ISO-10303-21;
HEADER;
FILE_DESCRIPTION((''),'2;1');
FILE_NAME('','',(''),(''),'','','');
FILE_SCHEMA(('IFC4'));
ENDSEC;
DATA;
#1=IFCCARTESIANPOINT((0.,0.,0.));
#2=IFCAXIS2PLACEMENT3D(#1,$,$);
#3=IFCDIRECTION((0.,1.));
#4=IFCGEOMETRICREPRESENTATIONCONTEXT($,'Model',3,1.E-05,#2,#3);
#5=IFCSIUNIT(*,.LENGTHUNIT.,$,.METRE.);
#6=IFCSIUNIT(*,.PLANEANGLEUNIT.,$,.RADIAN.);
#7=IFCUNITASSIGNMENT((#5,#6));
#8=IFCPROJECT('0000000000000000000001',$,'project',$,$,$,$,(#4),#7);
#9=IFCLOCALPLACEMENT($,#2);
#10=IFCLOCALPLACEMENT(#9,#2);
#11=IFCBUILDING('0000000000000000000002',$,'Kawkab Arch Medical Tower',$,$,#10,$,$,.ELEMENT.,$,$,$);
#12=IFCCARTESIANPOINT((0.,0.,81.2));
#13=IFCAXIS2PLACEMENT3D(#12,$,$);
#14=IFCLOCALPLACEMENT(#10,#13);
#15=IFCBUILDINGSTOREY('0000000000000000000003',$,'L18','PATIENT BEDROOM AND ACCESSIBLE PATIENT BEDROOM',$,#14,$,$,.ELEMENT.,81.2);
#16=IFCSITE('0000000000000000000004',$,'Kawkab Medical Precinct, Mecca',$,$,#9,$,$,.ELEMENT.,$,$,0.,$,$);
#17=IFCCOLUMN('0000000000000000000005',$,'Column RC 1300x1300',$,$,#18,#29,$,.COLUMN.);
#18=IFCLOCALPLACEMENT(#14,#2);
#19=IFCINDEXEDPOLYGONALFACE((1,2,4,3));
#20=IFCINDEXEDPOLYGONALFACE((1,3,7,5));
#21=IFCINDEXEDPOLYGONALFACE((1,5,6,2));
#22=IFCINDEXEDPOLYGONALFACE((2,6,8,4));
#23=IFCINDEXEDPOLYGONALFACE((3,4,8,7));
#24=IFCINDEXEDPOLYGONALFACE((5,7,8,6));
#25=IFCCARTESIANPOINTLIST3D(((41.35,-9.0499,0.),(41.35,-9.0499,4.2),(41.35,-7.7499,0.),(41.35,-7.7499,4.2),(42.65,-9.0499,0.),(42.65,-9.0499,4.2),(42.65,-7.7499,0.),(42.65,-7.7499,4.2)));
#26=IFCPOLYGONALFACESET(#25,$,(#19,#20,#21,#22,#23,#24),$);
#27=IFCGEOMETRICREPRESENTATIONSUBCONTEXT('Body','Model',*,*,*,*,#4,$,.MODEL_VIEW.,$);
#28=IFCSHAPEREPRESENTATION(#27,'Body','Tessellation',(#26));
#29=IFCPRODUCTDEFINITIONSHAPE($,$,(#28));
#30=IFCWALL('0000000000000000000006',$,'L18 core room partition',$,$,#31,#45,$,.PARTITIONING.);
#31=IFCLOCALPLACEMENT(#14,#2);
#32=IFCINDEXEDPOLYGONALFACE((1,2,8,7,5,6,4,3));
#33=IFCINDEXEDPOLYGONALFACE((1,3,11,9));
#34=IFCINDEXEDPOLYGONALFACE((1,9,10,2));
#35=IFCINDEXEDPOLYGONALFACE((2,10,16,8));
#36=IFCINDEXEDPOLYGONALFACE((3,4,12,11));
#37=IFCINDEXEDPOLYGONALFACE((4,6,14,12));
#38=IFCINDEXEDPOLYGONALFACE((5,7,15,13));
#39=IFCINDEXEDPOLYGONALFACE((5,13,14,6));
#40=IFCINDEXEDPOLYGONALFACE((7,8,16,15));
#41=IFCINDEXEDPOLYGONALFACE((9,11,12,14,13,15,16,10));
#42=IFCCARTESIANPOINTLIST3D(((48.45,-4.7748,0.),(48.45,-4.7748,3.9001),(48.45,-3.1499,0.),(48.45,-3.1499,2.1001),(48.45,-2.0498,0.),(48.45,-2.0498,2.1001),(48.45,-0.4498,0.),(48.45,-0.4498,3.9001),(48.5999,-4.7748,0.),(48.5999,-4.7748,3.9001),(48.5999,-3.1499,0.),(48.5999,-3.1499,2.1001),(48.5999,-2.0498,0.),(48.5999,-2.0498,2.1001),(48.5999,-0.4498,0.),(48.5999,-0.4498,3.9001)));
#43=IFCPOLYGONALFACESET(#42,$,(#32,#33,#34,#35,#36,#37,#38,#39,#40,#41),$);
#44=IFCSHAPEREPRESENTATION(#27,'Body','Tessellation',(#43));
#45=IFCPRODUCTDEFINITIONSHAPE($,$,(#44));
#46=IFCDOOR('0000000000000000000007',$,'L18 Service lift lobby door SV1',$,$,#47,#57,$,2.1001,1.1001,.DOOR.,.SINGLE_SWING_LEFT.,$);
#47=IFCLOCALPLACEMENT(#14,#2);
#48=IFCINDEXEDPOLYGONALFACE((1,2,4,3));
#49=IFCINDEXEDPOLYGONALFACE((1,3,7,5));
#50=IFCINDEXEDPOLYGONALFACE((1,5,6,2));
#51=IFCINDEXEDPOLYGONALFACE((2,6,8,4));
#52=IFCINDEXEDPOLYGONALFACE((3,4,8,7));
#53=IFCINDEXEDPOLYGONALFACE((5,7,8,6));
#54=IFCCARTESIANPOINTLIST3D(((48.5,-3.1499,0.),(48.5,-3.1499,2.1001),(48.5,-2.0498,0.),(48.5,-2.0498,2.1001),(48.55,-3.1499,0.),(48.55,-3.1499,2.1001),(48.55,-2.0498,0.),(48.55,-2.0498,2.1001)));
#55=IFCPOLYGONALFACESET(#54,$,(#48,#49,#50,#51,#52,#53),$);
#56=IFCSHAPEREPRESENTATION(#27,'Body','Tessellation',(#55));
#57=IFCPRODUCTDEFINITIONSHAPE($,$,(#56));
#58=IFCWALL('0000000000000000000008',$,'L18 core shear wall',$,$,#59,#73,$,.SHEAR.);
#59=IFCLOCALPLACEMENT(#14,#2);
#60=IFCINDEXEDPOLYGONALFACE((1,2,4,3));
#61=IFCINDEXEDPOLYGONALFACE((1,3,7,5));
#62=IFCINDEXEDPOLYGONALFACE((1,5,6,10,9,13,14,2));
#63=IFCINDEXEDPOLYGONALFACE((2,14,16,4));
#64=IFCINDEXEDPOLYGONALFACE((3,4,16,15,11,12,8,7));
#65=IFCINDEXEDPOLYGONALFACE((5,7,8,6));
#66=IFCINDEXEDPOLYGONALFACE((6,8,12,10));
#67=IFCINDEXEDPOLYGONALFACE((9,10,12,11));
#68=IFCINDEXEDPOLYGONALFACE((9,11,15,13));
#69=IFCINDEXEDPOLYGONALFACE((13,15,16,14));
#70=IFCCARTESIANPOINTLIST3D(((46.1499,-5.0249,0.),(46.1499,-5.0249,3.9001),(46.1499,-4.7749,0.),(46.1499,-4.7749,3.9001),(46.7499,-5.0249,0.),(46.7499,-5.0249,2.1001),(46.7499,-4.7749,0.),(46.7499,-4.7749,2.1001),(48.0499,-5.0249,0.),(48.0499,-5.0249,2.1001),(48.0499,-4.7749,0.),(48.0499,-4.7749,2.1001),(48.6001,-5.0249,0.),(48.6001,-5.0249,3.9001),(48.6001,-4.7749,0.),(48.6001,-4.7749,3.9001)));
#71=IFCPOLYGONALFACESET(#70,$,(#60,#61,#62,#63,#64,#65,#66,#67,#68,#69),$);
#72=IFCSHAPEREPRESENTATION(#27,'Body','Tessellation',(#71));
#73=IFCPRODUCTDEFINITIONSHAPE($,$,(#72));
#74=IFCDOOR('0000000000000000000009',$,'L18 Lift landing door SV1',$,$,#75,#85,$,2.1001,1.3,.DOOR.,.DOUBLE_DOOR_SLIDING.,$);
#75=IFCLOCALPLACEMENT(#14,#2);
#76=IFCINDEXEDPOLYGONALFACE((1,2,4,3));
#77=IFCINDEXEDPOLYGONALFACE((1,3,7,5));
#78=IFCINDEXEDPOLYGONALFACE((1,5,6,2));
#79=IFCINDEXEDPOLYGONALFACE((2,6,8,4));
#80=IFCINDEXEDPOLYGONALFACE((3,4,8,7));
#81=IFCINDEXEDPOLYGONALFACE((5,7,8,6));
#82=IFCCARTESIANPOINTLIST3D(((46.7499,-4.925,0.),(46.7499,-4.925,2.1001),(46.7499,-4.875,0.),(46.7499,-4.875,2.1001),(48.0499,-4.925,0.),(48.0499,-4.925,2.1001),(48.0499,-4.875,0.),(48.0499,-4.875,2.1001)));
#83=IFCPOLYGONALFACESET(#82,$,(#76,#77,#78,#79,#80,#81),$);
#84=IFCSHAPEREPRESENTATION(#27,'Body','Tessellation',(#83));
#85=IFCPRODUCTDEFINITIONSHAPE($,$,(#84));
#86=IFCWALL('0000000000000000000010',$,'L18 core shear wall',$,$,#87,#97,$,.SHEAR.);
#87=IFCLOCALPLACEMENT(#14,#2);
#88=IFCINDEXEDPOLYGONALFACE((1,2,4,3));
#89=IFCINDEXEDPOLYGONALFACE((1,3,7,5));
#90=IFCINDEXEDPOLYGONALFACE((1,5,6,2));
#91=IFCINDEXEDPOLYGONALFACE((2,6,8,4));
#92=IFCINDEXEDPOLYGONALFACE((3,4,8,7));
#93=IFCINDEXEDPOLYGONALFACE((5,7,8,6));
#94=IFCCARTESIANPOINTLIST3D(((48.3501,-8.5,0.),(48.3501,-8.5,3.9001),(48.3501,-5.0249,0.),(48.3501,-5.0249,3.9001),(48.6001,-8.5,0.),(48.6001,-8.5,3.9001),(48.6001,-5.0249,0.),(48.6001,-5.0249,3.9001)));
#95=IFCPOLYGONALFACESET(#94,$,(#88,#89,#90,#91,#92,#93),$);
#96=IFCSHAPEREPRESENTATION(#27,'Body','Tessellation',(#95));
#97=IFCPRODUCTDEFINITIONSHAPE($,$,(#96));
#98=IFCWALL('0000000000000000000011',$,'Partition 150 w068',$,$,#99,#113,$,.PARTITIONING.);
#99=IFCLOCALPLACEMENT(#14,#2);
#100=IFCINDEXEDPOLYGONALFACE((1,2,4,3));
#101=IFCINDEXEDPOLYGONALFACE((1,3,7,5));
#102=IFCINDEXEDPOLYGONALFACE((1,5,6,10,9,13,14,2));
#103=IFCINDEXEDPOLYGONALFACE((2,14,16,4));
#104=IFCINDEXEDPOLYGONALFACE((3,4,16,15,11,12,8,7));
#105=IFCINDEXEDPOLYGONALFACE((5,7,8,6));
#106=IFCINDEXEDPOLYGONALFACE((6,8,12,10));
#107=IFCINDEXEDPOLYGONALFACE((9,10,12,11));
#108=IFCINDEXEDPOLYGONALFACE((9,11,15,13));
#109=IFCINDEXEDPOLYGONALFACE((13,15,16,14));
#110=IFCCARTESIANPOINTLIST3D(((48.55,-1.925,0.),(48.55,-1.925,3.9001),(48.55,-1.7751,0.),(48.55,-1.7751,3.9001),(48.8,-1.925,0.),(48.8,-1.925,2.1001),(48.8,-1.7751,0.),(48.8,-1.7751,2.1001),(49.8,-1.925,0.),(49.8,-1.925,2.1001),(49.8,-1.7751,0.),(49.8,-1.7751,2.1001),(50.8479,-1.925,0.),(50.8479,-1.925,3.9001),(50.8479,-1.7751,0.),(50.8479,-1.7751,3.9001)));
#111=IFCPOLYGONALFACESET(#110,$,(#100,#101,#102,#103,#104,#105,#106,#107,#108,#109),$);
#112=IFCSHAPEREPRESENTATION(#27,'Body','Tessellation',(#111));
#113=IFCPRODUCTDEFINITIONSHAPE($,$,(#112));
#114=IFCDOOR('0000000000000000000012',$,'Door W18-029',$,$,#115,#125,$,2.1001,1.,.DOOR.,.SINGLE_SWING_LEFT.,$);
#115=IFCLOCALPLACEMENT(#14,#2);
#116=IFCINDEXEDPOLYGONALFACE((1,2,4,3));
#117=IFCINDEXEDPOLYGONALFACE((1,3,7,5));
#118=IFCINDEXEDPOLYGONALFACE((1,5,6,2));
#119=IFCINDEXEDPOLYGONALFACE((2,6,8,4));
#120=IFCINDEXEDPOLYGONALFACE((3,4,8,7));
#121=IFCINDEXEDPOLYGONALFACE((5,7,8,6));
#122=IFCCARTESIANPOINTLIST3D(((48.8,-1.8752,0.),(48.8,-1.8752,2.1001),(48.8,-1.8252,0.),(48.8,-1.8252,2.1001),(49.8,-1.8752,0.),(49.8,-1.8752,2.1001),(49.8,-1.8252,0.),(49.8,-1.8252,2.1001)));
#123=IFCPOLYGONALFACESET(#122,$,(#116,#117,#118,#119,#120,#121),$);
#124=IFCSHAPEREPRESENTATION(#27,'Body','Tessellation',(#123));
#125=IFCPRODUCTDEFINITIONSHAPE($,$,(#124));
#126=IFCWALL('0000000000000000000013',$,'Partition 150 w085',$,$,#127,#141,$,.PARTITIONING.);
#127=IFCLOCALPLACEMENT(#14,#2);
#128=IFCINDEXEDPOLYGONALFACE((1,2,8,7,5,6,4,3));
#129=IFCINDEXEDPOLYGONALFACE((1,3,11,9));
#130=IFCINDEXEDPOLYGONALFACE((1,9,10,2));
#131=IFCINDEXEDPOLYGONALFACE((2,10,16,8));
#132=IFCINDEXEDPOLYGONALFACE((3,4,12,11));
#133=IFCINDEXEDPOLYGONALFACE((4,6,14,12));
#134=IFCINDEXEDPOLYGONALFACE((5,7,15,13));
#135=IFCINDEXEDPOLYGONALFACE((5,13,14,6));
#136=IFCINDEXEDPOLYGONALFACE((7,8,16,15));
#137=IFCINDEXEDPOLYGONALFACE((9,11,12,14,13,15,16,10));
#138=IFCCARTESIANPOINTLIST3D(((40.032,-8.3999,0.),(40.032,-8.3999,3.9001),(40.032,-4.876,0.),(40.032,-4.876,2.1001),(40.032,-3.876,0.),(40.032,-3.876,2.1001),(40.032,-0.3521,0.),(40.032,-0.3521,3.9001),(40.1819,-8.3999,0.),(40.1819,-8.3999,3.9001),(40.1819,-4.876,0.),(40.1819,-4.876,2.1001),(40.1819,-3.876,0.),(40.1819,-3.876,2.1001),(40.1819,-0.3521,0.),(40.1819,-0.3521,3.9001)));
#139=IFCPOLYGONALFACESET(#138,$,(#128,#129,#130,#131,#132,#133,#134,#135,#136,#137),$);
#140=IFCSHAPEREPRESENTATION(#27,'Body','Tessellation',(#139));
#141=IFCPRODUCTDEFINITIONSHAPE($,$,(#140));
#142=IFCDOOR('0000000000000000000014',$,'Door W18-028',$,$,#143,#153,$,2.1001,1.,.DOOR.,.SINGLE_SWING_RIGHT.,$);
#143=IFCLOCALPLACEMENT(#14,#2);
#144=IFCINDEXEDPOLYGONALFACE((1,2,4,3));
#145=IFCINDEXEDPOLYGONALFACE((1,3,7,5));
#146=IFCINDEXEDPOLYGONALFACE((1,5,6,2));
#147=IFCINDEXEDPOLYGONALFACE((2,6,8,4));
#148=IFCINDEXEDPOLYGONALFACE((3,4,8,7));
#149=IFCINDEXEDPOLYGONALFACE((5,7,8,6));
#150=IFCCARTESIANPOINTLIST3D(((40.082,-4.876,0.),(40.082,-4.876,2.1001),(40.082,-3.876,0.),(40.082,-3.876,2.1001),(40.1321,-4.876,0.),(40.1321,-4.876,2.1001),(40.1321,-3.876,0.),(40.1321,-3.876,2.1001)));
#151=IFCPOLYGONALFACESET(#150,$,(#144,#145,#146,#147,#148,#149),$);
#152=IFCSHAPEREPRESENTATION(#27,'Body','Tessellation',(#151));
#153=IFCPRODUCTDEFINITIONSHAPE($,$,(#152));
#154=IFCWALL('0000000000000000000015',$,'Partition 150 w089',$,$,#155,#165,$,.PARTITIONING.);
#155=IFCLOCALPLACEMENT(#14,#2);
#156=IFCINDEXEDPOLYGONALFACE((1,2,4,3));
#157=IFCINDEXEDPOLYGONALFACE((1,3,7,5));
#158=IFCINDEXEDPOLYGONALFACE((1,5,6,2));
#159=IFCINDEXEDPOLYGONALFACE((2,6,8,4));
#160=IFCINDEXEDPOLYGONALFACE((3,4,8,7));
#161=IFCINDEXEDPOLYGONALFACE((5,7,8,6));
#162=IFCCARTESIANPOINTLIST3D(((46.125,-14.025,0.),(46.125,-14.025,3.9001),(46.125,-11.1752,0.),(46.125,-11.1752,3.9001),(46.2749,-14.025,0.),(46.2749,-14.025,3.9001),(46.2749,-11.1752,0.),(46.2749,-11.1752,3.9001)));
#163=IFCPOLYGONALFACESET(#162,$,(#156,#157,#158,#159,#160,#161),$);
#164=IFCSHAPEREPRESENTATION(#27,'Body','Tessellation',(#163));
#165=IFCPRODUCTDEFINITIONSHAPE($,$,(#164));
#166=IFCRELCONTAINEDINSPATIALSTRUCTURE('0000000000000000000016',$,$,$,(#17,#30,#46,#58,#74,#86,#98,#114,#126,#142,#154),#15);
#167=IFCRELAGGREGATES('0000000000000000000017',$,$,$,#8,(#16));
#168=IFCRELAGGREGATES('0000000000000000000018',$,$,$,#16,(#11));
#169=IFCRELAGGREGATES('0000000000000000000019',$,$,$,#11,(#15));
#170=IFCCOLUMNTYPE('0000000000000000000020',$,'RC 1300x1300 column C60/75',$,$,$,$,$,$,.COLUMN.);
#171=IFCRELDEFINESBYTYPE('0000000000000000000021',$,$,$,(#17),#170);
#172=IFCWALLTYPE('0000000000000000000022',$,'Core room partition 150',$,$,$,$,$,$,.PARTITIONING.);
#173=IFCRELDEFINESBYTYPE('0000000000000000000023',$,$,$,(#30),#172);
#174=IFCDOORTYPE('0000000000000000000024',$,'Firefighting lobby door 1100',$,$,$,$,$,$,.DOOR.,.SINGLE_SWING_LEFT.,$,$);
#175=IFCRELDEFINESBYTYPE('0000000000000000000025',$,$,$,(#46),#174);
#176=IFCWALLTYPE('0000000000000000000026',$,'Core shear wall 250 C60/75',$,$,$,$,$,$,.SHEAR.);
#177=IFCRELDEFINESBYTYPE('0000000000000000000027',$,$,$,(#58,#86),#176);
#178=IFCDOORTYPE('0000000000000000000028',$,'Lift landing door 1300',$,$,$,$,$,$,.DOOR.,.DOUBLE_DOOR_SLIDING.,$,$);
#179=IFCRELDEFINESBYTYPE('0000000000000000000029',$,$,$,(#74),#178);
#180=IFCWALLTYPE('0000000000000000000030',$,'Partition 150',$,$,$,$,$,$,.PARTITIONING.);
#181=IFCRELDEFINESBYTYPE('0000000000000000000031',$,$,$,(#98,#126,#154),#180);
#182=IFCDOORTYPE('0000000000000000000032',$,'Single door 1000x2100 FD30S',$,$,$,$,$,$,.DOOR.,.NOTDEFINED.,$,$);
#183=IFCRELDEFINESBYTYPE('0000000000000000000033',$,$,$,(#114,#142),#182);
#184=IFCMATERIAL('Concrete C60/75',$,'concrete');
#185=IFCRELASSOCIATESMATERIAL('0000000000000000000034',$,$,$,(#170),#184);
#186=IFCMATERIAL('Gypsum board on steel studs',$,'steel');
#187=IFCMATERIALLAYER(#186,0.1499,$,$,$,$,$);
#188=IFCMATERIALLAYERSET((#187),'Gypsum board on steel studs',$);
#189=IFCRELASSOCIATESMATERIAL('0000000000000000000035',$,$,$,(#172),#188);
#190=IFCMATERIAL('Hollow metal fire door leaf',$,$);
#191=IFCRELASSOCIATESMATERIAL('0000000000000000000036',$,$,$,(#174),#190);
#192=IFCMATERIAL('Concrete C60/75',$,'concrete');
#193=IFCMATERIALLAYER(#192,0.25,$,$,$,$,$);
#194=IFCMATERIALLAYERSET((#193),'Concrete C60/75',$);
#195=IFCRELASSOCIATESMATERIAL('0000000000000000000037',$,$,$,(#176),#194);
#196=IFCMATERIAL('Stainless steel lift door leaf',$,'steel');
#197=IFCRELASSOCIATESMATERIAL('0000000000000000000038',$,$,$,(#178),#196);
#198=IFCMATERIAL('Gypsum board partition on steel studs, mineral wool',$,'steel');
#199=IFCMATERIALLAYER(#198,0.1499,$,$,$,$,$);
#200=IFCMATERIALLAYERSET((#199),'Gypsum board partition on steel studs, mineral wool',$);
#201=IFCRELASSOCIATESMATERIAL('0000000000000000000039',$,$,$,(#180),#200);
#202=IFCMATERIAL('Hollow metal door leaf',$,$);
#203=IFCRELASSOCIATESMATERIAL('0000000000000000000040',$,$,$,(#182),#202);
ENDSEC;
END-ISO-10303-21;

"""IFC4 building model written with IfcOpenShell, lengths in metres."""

from ifc_helpers import new_model, si_unit, direction, frame, frame_2d, origin, origin_2d, place, context, subcontext, project, spatial, rectangle, extrude, material, layer, layer_set, material_profile, profile_set, type_object, element, fill, save


model = new_model("IFC4")

# Units and contexts
model_context = context("Model", 3, precision=1e-05, world=origin(), true_north=direction((0.0, 1.0)))
body_context = subcontext(model_context, "Body", "Model", "MODEL_VIEW")
ifc_project = project(units=[si_unit("LENGTHUNIT", "METRE"), si_unit("PLANEANGLEUNIT", "RADIAN")], contexts=[model_context])

# Site, building, storey
site_placement = place(None, origin())
site = spatial("IfcSite", under=ifc_project, at=site_placement, Name="Kawkab Medical Precinct, Mecca", CompositionType="ELEMENT", RefElevation=0.0)
building_placement = place(site_placement, origin())
building = spatial("IfcBuilding", under=site, at=building_placement, Name="Kawkab Arch Medical Tower", CompositionType="ELEMENT")
storey_placement = place(building_placement, frame((0.0, 0.0, 81.2)))
storey = spatial("IfcBuildingStorey", under=building, at=storey_placement, Name="L18", Description="PATIENT BEDROOM AND ACCESSIBLE PATIENT BEDROOM", CompositionType="ELEMENT", Elevation=81.2)

# Column
ifc_material_1 = material(Name="Concrete C60/75", Category="concrete")
ifc_material_profile = material_profile(ifc_material_1, rectangle(XDim=1.3, YDim=1.3, at=origin_2d()), Name="RC 1300x1300")
ifc_profile_set = profile_set([ifc_material_profile], Name="Concrete C60/75")
column_type = type_object("IfcColumnType", Name="RC 1300x1300 column C60/75", PredefinedType="COLUMN", material=ifc_profile_set)
column_placement = place(storey_placement, frame((42.0, -8.3999, 0.0), z_axis=(0.0, 0.0, 1.0), x_axis=(1.0, 0.0, 0.0)))
element("IfcColumn", 1, at=column_placement, inside=storey, type_object=column_type, Name="Column RC 1300x1300", PredefinedType="COLUMN", context=body_context, shape_type="SweptSolid", body=[
    extrude(rectangle(XDim=1.3, YDim=1.3, at=origin_2d()), origin(), (0.0, 0.0, 1.0), 4.2),
])

# Walls, openings, doors
ifc_material_2 = material(Name="Gypsum board on steel studs", Category="steel")
ifc_layer_1 = layer(ifc_material_2, 0.1499)
ifc_layer_set_1 = layer_set([ifc_layer_1], Name="Gypsum board on steel studs")
wall_type_1 = type_object("IfcWallType", Name="Core room partition 150", PredefinedType="PARTITIONING", material=ifc_layer_set_1)
wall_1_placement = place(storey_placement, frame((48.5249, -4.7749, 0.0), z_axis=(0.0, 0.0, 1.0), x_axis=(0.0, 1.0, 0.0)))
wall_1 = element("IfcWall", 2, at=wall_1_placement, inside=storey, type_object=wall_type_1, Name="L18 core room partition", PredefinedType="PARTITIONING", context=body_context, shape_type="SweptSolid", body=[
    extrude(rectangle(XDim=4.325, YDim=0.1499, at=frame_2d((2.1626, 0.0))), origin(), (0.0, 0.0, 1.0), 3.9001),
])
opening_1_placement = place(wall_1_placement, frame((1.625, 0.0, 0.0)))
opening_1 = element("IfcOpeningElement", 3, at=opening_1_placement, cuts=wall_1, PredefinedType="OPENING", context=body_context, shape_type="SweptSolid", body=[
    extrude(rectangle(XDim=1.1001, YDim=2.1001, at=frame_2d((0.55, 1.05))), frame((0.0, 0.085, 0.0), z_axis=(0.0, -1.0, 0.0), x_axis=(1.0, 0.0, 0.0)), (0.0, 0.0, 1.0), 0.1699),
])
ifc_material_3 = material(Name="Hollow metal fire door leaf")
door_type_1 = type_object("IfcDoorType", Name="Firefighting lobby door 1100", OperationType="SINGLE_SWING_LEFT", PredefinedType="DOOR", material=ifc_material_3)
door_1_placement = place(opening_1_placement, origin())
door_1 = element("IfcDoor", 4, at=door_1_placement, inside=storey, type_object=door_type_1, Name="L18 Service lift lobby door SV1", OperationType="SINGLE_SWING_LEFT", OverallHeight=2.1001, OverallWidth=1.1001, PredefinedType="DOOR", context=body_context, shape_type="SweptSolid", body=[
    extrude(rectangle(XDim=1.1001, YDim=2.1001, at=frame_2d((0.55, 1.05))), frame((0.0, 0.0249, 0.0), z_axis=(0.0, -1.0, 0.0), x_axis=(1.0, 0.0, 0.0)), (0.0, 0.0, 1.0), 0.05),
])
fill(opening_1, door_1)
ifc_material_4 = material(Name="Concrete C60/75", Category="concrete")
ifc_layer_2 = layer(ifc_material_4, 0.25)
ifc_layer_set_2 = layer_set([ifc_layer_2], Name="Concrete C60/75")
wall_type_2 = type_object("IfcWallType", Name="Core shear wall 250 C60/75", PredefinedType="SHEAR", material=ifc_layer_set_2)
wall_2_placement = place(storey_placement, frame((46.1499, -4.8999, 0.0), z_axis=(0.0, 0.0, 1.0), x_axis=(1.0, 0.0, 0.0)))
wall_2 = element("IfcWall", 5, at=wall_2_placement, inside=storey, type_object=wall_type_2, Name="L18 core shear wall", PredefinedType="SHEAR", context=body_context, shape_type="SweptSolid", body=[
    extrude(rectangle(XDim=2.4502, YDim=0.25, at=frame_2d((1.2251, 0.0))), origin(), (0.0, 0.0, 1.0), 3.9001),
])
opening_2_placement = place(wall_2_placement, frame((0.6001, 0.0, 0.0)))
opening_2 = element("IfcOpeningElement", 6, at=opening_2_placement, cuts=wall_2, PredefinedType="OPENING", context=body_context, shape_type="SweptSolid", body=[
    extrude(rectangle(XDim=1.3, YDim=2.1001, at=frame_2d((0.6499, 1.05))), frame((0.0, 0.135, 0.0), z_axis=(0.0, -1.0, 0.0), x_axis=(1.0, 0.0, 0.0)), (0.0, 0.0, 1.0), 0.27),
])
ifc_material_5 = material(Name="Stainless steel lift door leaf", Category="steel")
door_type_2 = type_object("IfcDoorType", Name="Lift landing door 1300", OperationType="DOUBLE_DOOR_SLIDING", PredefinedType="DOOR", material=ifc_material_5)
door_2_placement = place(opening_2_placement, origin())
door_2 = element("IfcDoor", 7, at=door_2_placement, inside=storey, type_object=door_type_2, Name="L18 Lift landing door SV1", OperationType="DOUBLE_DOOR_SLIDING", OverallHeight=2.1001, OverallWidth=1.3, PredefinedType="DOOR", context=body_context, shape_type="SweptSolid", body=[
    extrude(rectangle(XDim=1.3, YDim=2.1001, at=frame_2d((0.6499, 1.05))), frame((0.0, 0.0249, 0.0), z_axis=(0.0, -1.0, 0.0), x_axis=(1.0, 0.0, 0.0)), (0.0, 0.0, 1.0), 0.05),
])
fill(opening_2, door_2)

# Wall
wall_3_placement = place(storey_placement, frame((48.4751, -8.5, 0.0), z_axis=(0.0, 0.0, 1.0), x_axis=(0.0, 1.0, 0.0)))
element("IfcWall", 8, at=wall_3_placement, inside=storey, type_object=wall_type_2, Name="L18 core shear wall", PredefinedType="SHEAR", context=body_context, shape_type="SweptSolid", body=[
    extrude(rectangle(XDim=3.4751, YDim=0.25, at=frame_2d((1.7375, 0.0))), origin(), (0.0, 0.0, 1.0), 3.9001),
])

# Walls, openings, doors
ifc_material_6 = material(Name="Gypsum board partition on steel studs, mineral wool", Category="steel")
ifc_layer_3 = layer(ifc_material_6, 0.1499)
ifc_layer_set_3 = layer_set([ifc_layer_3], Name="Gypsum board partition on steel studs, mineral wool")
wall_type_3 = type_object("IfcWallType", Name="Partition 150", PredefinedType="PARTITIONING", material=ifc_layer_set_3)
wall_4_placement = place(storey_placement, frame((48.55, -1.8501, 0.0), z_axis=(0.0, 0.0, 1.0), x_axis=(1.0, 0.0, 0.0)))
wall_4 = element("IfcWall", 9, at=wall_4_placement, inside=storey, type_object=wall_type_3, Name="Partition 150 w068", PredefinedType="PARTITIONING", context=body_context, shape_type="SweptSolid", body=[
    extrude(rectangle(XDim=2.2979, YDim=0.1499, at=frame_2d((1.1489, 0.0))), origin(), (0.0, 0.0, 1.0), 3.9001),
])
opening_3_placement = place(wall_4_placement, frame((0.25, 0.0, 0.0)))
opening_3 = element("IfcOpeningElement", 10, at=opening_3_placement, cuts=wall_4, PredefinedType="OPENING", context=body_context, shape_type="SweptSolid", body=[
    extrude(rectangle(XDim=1.0, YDim=2.1001, at=frame_2d((0.5, 1.05))), frame((0.0, 0.085, 0.0), z_axis=(0.0, -1.0, 0.0), x_axis=(1.0, 0.0, 0.0)), (0.0, 0.0, 1.0), 0.1699),
])
ifc_material_7 = material(Name="Hollow metal door leaf")
door_type_3 = type_object("IfcDoorType", Name="Single door 1000x2100 FD30S", OperationType="NOTDEFINED", PredefinedType="DOOR", material=ifc_material_7)
door_3_placement = place(opening_3_placement, origin())
door_3 = element("IfcDoor", 11, at=door_3_placement, inside=storey, type_object=door_type_3, Name="Door W18-029", OperationType="SINGLE_SWING_LEFT", OverallHeight=2.1001, OverallWidth=1.0, PredefinedType="DOOR", context=body_context, shape_type="SweptSolid", body=[
    extrude(rectangle(XDim=1.0, YDim=2.1001, at=frame_2d((0.5, 1.05))), frame((0.0, 0.0249, 0.0), z_axis=(0.0, -1.0, 0.0), x_axis=(1.0, 0.0, 0.0)), (0.0, 0.0, 1.0), 0.05),
])
fill(opening_3, door_3)
wall_5_placement = place(storey_placement, frame((40.1069, -8.3999, 0.0), z_axis=(0.0, 0.0, 1.0), x_axis=(0.0, 1.0, 0.0)))
wall_5 = element("IfcWall", 12, at=wall_5_placement, inside=storey, type_object=wall_type_3, Name="Partition 150 w085", PredefinedType="PARTITIONING", context=body_context, shape_type="SweptSolid", body=[
    extrude(rectangle(XDim=8.0479, YDim=0.1499, at=frame_2d((4.0239, 0.0))), origin(), (0.0, 0.0, 1.0), 3.9001),
])
opening_4_placement = place(wall_5_placement, frame((3.5239, 0.0, 0.0)))
opening_4 = element("IfcOpeningElement", 13, at=opening_4_placement, cuts=wall_5, PredefinedType="OPENING", context=body_context, shape_type="SweptSolid", body=[
    extrude(rectangle(XDim=1.0, YDim=2.1001, at=frame_2d((0.5, 1.05))), frame((0.0, 0.085, 0.0), z_axis=(0.0, -1.0, 0.0), x_axis=(1.0, 0.0, 0.0)), (0.0, 0.0, 1.0), 0.1699),
])
door_4_placement = place(opening_4_placement, origin())
door_4 = element("IfcDoor", 14, at=door_4_placement, inside=storey, type_object=door_type_3, Name="Door W18-028", OperationType="SINGLE_SWING_RIGHT", OverallHeight=2.1001, OverallWidth=1.0, PredefinedType="DOOR", context=body_context, shape_type="SweptSolid", body=[
    extrude(rectangle(XDim=1.0, YDim=2.1001, at=frame_2d((0.5, 1.05))), frame((0.0, 0.0249, 0.0), z_axis=(0.0, -1.0, 0.0), x_axis=(1.0, 0.0, 0.0)), (0.0, 0.0, 1.0), 0.05),
])
fill(opening_4, door_4)

# Wall
wall_6_placement = place(storey_placement, frame((46.2, -14.0249, 0.0), z_axis=(0.0, 0.0, 1.0), x_axis=(0.0, 1.0, 0.0)))
element("IfcWall", 15, at=wall_6_placement, inside=storey, type_object=wall_type_3, Name="Partition 150 w089", PredefinedType="PARTITIONING", context=body_context, shape_type="SweptSolid", body=[
    extrude(rectangle(XDim=2.8499, YDim=0.1499, at=frame_2d((1.4248, 0.0))), origin(), (0.0, 0.0, 1.0), 3.9001),
])

save(model, "model.ifc")
